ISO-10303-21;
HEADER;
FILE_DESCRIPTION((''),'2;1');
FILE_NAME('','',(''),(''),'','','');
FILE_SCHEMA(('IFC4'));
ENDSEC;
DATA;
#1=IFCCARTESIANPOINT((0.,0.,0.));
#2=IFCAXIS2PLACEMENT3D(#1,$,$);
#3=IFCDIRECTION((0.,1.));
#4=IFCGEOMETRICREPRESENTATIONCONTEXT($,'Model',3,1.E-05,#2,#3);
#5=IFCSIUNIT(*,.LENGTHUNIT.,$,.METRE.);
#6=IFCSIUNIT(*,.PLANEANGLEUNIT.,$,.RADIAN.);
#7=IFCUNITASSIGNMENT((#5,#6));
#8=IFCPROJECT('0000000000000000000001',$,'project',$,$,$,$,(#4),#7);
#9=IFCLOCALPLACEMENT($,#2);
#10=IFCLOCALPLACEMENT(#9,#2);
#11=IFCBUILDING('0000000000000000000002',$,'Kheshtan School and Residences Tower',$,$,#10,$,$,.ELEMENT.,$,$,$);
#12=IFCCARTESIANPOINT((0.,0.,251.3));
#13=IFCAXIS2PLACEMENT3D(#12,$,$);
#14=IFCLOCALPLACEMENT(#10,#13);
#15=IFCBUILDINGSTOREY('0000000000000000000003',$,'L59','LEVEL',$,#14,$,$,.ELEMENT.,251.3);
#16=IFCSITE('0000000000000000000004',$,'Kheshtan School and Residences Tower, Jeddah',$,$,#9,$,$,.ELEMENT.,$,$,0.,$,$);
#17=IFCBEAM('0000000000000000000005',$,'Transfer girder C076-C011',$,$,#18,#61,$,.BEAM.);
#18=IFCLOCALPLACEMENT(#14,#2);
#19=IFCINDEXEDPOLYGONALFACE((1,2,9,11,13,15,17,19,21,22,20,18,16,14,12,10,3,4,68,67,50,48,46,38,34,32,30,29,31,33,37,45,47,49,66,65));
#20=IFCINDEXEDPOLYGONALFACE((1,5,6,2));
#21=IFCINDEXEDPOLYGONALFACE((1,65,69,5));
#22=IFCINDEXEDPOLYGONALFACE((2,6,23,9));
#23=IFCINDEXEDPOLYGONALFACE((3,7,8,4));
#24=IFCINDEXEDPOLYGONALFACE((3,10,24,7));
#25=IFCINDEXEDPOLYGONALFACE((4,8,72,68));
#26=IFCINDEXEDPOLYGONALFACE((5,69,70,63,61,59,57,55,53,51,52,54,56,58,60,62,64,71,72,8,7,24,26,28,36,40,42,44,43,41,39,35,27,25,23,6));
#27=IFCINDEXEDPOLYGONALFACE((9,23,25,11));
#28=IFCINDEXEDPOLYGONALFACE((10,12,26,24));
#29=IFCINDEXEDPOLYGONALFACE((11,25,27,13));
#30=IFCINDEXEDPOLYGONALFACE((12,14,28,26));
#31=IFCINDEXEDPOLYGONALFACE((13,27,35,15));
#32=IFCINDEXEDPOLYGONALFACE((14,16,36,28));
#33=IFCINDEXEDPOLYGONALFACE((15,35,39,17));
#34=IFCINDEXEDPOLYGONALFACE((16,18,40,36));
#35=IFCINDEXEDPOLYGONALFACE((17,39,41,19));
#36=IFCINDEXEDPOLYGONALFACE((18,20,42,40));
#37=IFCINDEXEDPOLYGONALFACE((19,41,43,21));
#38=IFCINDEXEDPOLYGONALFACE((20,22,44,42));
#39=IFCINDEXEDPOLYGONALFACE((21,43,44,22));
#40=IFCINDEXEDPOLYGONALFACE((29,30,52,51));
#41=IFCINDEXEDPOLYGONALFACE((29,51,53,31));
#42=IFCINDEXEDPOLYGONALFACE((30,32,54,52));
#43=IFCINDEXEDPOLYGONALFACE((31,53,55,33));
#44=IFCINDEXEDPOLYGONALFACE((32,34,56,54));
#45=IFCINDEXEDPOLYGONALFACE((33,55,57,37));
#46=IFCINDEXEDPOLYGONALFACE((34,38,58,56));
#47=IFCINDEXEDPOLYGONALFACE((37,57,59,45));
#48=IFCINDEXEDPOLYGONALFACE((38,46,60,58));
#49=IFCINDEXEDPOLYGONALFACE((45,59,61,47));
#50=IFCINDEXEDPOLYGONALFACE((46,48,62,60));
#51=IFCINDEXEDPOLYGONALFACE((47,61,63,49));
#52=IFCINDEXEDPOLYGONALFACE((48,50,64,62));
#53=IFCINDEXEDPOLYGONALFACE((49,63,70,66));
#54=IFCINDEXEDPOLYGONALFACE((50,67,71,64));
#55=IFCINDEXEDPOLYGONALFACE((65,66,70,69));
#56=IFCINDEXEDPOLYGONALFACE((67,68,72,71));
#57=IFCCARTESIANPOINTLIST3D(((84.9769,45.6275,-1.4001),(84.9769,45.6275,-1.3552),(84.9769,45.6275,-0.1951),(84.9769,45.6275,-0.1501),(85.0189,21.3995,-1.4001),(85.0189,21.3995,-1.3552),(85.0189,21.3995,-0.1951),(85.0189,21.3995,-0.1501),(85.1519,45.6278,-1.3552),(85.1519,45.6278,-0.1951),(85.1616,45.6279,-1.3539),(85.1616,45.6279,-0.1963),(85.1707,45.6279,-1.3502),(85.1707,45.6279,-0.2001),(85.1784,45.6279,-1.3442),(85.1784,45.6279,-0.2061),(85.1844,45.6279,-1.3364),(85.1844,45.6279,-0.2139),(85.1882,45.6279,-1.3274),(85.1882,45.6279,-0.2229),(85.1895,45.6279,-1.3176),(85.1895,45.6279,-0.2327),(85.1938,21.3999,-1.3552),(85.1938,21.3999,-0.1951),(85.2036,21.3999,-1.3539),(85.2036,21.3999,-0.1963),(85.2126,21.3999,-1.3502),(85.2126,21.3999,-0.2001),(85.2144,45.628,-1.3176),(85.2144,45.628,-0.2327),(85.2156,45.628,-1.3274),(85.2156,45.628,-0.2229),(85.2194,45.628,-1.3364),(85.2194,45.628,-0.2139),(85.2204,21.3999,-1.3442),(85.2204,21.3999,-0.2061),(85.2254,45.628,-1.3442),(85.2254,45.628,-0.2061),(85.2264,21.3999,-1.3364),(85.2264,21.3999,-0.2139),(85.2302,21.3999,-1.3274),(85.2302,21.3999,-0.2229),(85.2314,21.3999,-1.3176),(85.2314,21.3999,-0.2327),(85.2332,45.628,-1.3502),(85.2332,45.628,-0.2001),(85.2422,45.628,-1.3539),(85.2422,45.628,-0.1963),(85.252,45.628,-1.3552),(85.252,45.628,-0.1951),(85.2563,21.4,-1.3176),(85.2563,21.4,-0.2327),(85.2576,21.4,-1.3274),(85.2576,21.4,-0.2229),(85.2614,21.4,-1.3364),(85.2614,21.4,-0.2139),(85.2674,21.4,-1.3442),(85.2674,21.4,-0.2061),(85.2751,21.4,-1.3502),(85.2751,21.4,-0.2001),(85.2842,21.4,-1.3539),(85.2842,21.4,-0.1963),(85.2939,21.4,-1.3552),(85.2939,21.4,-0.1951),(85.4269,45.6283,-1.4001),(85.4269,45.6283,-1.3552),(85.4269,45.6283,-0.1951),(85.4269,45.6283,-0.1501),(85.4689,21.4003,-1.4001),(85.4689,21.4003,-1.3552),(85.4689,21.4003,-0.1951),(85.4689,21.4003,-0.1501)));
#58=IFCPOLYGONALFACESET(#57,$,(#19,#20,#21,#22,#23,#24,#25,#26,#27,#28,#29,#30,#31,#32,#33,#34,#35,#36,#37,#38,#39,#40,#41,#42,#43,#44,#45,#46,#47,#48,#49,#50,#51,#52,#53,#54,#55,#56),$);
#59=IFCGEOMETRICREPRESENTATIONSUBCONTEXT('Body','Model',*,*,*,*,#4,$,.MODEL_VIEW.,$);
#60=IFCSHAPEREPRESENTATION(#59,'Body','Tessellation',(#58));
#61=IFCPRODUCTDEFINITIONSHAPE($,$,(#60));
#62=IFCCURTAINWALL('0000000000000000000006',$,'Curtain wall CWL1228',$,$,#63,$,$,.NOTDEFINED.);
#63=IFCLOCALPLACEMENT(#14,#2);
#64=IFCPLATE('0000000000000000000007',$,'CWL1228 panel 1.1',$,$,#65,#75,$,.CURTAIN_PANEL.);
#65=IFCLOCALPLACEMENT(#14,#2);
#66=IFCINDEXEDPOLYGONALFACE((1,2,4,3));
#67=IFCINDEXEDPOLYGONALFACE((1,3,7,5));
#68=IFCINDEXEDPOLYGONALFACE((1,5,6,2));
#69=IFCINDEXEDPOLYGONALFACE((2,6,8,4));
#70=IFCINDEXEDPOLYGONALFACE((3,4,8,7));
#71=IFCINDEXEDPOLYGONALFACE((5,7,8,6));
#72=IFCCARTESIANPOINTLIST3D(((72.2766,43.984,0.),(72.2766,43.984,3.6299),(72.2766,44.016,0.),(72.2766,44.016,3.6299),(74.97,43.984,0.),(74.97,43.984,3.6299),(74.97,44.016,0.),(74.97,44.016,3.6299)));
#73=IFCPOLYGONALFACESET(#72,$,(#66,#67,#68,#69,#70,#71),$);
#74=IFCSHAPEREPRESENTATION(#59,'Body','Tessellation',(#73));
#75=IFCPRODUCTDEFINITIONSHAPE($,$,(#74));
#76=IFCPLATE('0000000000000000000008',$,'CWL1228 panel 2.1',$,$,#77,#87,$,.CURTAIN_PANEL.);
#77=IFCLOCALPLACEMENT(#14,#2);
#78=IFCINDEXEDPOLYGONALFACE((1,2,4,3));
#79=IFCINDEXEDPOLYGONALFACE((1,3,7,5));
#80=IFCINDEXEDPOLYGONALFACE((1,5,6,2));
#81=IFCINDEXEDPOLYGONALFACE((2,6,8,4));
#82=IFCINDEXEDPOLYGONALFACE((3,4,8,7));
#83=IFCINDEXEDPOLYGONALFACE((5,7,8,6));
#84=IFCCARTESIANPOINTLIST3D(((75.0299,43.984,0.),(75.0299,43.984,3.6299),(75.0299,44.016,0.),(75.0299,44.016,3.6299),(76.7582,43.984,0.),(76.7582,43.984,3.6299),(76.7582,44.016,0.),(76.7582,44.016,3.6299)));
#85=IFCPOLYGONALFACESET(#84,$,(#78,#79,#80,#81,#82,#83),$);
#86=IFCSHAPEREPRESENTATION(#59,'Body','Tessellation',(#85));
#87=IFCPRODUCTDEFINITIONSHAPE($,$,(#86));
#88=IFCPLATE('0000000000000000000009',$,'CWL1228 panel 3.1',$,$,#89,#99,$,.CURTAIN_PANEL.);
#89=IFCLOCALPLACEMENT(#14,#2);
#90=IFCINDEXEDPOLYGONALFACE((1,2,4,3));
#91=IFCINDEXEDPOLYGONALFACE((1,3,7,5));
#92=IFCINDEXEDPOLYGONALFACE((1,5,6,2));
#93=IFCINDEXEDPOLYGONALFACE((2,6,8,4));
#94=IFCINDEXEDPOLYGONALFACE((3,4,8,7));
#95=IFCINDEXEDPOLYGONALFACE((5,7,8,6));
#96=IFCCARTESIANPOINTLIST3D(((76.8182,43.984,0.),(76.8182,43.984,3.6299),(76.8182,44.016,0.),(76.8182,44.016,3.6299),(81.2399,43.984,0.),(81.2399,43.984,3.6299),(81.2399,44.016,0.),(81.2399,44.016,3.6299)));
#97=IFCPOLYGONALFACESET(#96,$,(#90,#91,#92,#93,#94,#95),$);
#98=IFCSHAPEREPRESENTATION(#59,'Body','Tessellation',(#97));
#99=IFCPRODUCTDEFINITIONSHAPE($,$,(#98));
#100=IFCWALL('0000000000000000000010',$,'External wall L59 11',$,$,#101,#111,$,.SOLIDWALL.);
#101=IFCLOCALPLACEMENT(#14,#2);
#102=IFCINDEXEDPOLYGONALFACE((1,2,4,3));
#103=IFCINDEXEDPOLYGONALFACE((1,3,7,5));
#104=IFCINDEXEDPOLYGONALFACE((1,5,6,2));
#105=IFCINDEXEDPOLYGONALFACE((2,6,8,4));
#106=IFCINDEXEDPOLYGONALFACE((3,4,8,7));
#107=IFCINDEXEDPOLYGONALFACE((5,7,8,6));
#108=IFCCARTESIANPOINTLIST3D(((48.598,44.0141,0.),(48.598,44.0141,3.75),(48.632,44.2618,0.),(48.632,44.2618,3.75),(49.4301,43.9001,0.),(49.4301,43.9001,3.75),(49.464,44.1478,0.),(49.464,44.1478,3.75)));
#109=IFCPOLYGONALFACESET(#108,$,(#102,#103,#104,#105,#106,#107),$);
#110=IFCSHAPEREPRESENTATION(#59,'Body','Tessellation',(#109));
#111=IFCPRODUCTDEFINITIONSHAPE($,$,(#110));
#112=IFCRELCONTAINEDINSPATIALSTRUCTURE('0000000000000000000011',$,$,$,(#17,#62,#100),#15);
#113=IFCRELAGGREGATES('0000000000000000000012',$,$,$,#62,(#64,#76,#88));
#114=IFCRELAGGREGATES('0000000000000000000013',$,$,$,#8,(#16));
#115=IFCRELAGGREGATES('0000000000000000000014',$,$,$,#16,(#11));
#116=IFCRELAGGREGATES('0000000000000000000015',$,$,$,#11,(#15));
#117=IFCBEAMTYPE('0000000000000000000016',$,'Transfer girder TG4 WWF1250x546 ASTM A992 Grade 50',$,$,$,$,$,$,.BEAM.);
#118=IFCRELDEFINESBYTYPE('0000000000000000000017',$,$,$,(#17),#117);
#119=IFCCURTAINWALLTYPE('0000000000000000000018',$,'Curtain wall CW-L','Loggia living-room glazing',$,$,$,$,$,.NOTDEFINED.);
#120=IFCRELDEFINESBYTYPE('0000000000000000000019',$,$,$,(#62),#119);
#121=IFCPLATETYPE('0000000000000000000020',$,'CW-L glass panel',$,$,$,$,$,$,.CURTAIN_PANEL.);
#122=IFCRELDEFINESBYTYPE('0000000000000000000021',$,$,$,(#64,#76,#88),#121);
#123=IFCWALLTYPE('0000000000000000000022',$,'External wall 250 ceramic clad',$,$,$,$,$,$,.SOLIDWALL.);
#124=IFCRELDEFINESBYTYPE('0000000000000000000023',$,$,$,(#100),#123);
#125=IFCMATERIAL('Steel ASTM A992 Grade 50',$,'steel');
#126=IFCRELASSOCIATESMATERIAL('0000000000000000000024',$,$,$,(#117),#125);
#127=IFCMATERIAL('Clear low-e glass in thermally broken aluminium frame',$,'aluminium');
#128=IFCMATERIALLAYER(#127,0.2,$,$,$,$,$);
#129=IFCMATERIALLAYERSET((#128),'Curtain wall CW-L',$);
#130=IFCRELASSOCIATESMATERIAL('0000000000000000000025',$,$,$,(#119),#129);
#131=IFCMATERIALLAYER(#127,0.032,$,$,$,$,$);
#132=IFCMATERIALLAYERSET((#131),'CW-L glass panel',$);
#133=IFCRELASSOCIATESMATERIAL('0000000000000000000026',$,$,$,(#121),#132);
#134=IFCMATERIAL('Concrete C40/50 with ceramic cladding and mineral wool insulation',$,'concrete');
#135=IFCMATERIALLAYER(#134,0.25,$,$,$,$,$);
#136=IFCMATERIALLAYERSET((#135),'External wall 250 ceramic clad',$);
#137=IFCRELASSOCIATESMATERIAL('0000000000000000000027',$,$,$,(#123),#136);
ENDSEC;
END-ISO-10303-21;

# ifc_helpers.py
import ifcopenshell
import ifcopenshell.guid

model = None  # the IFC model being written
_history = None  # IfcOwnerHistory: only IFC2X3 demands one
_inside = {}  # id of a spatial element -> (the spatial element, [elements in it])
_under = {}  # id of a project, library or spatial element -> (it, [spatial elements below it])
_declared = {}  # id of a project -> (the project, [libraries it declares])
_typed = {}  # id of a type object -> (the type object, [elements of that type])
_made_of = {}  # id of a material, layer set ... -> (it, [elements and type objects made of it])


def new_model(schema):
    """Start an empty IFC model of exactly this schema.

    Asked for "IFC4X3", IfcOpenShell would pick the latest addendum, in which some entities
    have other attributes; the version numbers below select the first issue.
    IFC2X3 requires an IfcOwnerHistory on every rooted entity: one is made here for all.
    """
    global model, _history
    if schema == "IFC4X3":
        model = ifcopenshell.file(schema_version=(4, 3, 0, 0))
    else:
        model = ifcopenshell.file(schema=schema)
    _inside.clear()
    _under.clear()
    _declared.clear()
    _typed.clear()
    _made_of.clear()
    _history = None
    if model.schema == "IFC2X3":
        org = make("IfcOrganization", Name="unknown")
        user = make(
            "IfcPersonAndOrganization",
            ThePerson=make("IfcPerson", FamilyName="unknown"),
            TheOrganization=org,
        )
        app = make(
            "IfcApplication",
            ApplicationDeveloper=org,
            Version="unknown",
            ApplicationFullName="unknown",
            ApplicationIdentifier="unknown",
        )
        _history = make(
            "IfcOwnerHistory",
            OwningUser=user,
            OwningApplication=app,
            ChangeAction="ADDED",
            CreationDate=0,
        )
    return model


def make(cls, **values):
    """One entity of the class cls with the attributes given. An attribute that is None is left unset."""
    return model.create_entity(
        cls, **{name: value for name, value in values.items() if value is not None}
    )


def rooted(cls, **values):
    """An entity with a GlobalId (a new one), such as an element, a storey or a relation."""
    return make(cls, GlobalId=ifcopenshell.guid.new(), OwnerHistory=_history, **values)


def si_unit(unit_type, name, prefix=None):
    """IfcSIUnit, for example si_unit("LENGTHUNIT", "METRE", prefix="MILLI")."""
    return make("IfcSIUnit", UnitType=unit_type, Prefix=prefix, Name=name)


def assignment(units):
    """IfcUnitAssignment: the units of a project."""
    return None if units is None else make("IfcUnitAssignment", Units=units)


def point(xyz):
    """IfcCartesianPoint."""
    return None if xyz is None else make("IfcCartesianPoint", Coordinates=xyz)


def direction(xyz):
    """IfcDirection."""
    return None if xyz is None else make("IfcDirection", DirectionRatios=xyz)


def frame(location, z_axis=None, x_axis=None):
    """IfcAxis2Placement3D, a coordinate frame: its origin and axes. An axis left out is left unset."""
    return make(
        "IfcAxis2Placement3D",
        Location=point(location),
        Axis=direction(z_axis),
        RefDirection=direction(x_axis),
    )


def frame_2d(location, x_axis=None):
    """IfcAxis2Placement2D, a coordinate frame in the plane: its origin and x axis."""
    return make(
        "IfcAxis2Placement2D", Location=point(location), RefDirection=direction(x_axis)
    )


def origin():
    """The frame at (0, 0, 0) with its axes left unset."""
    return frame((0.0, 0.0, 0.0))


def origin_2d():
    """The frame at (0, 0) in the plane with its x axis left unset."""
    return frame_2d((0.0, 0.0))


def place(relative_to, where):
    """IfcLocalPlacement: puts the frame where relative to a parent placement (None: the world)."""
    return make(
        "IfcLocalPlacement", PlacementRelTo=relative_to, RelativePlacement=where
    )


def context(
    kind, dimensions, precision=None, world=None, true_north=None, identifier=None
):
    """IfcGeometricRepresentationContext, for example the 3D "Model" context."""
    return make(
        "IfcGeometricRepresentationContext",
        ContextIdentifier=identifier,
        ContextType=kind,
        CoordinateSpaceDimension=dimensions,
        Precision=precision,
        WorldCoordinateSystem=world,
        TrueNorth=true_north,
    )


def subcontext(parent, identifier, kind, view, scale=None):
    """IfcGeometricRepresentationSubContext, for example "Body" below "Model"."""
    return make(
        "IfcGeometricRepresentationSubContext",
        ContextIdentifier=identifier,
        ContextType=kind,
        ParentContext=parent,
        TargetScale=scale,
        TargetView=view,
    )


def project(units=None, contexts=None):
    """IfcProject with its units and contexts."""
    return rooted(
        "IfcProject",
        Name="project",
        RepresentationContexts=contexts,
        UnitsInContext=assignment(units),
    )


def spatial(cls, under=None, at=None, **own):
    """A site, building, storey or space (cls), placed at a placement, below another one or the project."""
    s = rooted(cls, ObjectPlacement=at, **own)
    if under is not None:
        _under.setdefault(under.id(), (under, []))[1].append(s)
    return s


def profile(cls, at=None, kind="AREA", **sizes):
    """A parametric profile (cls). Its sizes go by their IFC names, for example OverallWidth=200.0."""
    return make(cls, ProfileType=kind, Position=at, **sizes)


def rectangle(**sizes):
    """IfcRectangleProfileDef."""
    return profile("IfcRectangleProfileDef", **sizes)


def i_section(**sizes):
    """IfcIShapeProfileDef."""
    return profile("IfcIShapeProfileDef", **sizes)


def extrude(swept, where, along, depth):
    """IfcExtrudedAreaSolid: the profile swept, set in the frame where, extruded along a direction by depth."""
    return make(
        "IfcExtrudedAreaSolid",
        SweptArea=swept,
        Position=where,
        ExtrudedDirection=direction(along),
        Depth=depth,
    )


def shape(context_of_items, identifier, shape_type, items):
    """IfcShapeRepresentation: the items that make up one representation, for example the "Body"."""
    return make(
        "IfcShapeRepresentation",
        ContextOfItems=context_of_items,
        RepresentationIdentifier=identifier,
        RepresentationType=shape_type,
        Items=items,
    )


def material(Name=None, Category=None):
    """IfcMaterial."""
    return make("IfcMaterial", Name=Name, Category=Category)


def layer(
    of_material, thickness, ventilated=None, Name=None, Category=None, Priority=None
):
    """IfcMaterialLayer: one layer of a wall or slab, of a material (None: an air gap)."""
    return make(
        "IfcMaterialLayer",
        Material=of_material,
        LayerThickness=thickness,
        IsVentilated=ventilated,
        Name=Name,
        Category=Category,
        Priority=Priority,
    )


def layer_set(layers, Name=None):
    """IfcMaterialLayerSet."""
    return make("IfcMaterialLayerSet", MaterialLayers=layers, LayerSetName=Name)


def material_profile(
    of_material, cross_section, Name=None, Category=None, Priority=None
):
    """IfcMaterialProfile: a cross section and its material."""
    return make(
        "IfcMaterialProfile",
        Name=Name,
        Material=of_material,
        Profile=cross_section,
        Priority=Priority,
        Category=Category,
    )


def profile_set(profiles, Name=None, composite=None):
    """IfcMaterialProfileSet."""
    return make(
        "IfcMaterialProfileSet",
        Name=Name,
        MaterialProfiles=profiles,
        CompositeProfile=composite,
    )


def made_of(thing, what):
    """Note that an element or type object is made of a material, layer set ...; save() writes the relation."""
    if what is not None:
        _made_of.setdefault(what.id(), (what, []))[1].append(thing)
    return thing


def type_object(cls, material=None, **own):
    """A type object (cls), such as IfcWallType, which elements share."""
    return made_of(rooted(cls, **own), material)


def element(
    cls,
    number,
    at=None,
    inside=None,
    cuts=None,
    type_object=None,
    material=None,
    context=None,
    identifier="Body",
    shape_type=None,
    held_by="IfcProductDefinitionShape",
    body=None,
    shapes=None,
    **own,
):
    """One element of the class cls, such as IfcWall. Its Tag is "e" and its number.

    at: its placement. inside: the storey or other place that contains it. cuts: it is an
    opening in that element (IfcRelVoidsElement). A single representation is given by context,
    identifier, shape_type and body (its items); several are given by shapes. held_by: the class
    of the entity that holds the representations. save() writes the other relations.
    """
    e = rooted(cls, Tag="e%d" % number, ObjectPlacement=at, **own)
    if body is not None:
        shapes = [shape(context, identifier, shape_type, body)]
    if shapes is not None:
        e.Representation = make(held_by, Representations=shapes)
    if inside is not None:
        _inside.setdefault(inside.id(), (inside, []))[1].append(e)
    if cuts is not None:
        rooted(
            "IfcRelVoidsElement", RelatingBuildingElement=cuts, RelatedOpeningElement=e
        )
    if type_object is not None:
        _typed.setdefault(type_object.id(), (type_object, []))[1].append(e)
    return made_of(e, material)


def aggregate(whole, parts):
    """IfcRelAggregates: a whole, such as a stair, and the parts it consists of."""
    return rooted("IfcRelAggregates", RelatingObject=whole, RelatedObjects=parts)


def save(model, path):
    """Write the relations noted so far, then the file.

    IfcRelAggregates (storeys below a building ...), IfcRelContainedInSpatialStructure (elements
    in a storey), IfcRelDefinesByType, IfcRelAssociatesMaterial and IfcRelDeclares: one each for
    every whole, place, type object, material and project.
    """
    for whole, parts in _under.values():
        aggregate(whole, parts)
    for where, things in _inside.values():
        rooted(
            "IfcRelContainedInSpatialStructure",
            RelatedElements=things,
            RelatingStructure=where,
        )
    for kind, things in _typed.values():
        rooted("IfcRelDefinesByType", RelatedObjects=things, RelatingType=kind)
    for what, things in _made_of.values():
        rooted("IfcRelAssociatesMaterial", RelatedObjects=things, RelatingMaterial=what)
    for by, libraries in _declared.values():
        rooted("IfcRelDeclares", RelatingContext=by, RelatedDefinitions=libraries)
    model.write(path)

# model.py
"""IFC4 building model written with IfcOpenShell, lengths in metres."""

from ifc_helpers import new_model, si_unit, direction, frame, frame_2d, origin, origin_2d, place, context, subcontext, project, spatial, rectangle, i_section, extrude, material, layer, layer_set, material_profile, profile_set, type_object, element, aggregate, save


model = new_model("IFC4")

# Units and contexts
model_context = context("Model", 3, precision=1e-05, world=origin(), true_north=direction((0.0, 1.0)))
body_context = subcontext(model_context, "Body", "Model", "MODEL_VIEW")
ifc_project = project(units=[si_unit("LENGTHUNIT", "METRE"), si_unit("PLANEANGLEUNIT", "RADIAN")], contexts=[model_context])

# Site, building, storey
site_placement = place(None, origin())
site = spatial("IfcSite", under=ifc_project, at=site_placement, Name="Kheshtan School and Residences Tower, Jeddah", CompositionType="ELEMENT", RefElevation=0.0)
building_placement = place(site_placement, origin())
building = spatial("IfcBuilding", under=site, at=building_placement, Name="Kheshtan School and Residences Tower", CompositionType="ELEMENT")
storey_placement = place(building_placement, frame((0.0, 0.0, 251.3)))
storey = spatial("IfcBuildingStorey", under=building, at=storey_placement, Name="L59", Description="LEVEL", CompositionType="ELEMENT", Elevation=251.3)

# Shared definitions
ifc_material_1 = material(Name="Steel ASTM A992 Grade 50", Category="steel")

# Beam
ifc_material_profile_1 = material_profile(ifc_material_1, i_section(OverallWidth=0.45, OverallDepth=1.25, WebThickness=0.0249, FlangeThickness=0.0449, FilletRadius=0.0376, at=origin_2d()), Name="WWF1250x546")
ifc_profile_set_1 = profile_set([ifc_material_profile_1], Name="Steel ASTM A992 Grade 50")
beam_type_1 = type_object("IfcBeamType", Name="Transfer girder TG4 WWF1250x546 ASTM A992 Grade 50", PredefinedType="BEAM", material=ifc_profile_set_1)
beam_1_placement = place(storey_placement, frame((85.2019, 45.6279, -0.7751), z_axis=(0.001733, -0.999998, 0.0), x_axis=(0.999998, 0.001733, 0.0)))
element("IfcBeam", 1, at=beam_1_placement, inside=storey, type_object=beam_type_1, Name="Transfer girder C076-C011", PredefinedType="BEAM", context=body_context, shape_type="SweptSolid", body=[
    extrude(i_section(OverallWidth=0.45, OverallDepth=1.25, WebThickness=0.0249, FlangeThickness=0.0449, FilletRadius=0.0376, at=origin_2d()), origin(), (0.0, 0.0, 1.0), 24.228),
])

# Curtain wall, plates
ifc_material_2 = material(Name="Clear low-e glass in thermally broken aluminium frame", Category="aluminium")
ifc_layer_1 = layer(ifc_material_2, 0.2)
ifc_layer_set_1 = layer_set([ifc_layer_1], Name="Curtain wall CW-L")
curtain_wall_type = type_object("IfcCurtainWallType", Name="Curtain wall CW-L", Description="Loggia living-room glazing", PredefinedType="NOTDEFINED", material=ifc_layer_set_1)
curtain_wall_placement = place(storey_placement, origin())
curtain_wall = element("IfcCurtainWall", 2, at=curtain_wall_placement, inside=storey, type_object=curtain_wall_type, Name="Curtain wall CWL1228", PredefinedType="NOTDEFINED")
ifc_layer_2 = layer(ifc_material_2, 0.032)
ifc_layer_set_2 = layer_set([ifc_layer_2], Name="CW-L glass panel")
plate_type = type_object("IfcPlateType", Name="CW-L glass panel", PredefinedType="CURTAIN_PANEL", material=ifc_layer_set_2)
plate_1_placement = place(storey_placement, frame((73.6233, 44.0, 0.0), z_axis=(0.0, 0.0, 1.0), x_axis=(1.0, 0.0, 0.0)))
plate_1 = element("IfcPlate", 3, at=plate_1_placement, type_object=plate_type, Name="CWL1228 panel 1.1", PredefinedType="CURTAIN_PANEL", context=body_context, shape_type="SweptSolid", body=[
    extrude(rectangle(XDim=2.6934, YDim=0.032, at=origin_2d()), origin(), (0.0, 0.0, 1.0), 3.6299),
])
plate_2_placement = place(storey_placement, frame((75.894, 44.0, 0.0), z_axis=(0.0, 0.0, 1.0), x_axis=(1.0, 0.0, 0.0)))
plate_2 = element("IfcPlate", 4, at=plate_2_placement, type_object=plate_type, Name="CWL1228 panel 2.1", PredefinedType="CURTAIN_PANEL", context=body_context, shape_type="SweptSolid", body=[
    extrude(rectangle(XDim=1.7283, YDim=0.032, at=origin_2d()), origin(), (0.0, 0.0, 1.0), 3.6299),
])
plate_3_placement = place(storey_placement, frame((79.0291, 44.0, 0.0), z_axis=(0.0, 0.0, 1.0), x_axis=(1.0, 0.0, 0.0)))
plate_3 = element("IfcPlate", 5, at=plate_3_placement, type_object=plate_type, Name="CWL1228 panel 3.1", PredefinedType="CURTAIN_PANEL", context=body_context, shape_type="SweptSolid", body=[
    extrude(rectangle(XDim=4.4216, YDim=0.032, at=origin_2d()), origin(), (0.0, 0.0, 1.0), 3.6299),
])
aggregate(curtain_wall, [plate_1, plate_2, plate_3])

# Wall
ifc_material_3 = material(Name="Concrete C40/50 with ceramic cladding and mineral wool insulation", Category="concrete")
ifc_layer_3 = layer(ifc_material_3, 0.25)
ifc_layer_set_3 = layer_set([ifc_layer_3], Name="External wall 250 ceramic clad")
wall_type = type_object("IfcWallType", Name="External wall 250 ceramic clad", PredefinedType="SOLIDWALL", material=ifc_layer_set_3)
wall_placement = place(storey_placement, frame((48.615, 44.1379, 0.0), z_axis=(0.0, 0.0, 1.0), x_axis=(0.990742, -0.135762, 0.0)))
element("IfcWall", 6, at=wall_placement, inside=storey, type_object=wall_type, Name="External wall L59 11", PredefinedType="SOLIDWALL", context=body_context, shape_type="SweptSolid", body=[
    extrude(rectangle(XDim=0.8398, YDim=0.25, at=frame_2d((0.4199, 0.0))), origin(), (0.0, 0.0, 1.0), 3.75),
])

save(model, "model.ifc")
